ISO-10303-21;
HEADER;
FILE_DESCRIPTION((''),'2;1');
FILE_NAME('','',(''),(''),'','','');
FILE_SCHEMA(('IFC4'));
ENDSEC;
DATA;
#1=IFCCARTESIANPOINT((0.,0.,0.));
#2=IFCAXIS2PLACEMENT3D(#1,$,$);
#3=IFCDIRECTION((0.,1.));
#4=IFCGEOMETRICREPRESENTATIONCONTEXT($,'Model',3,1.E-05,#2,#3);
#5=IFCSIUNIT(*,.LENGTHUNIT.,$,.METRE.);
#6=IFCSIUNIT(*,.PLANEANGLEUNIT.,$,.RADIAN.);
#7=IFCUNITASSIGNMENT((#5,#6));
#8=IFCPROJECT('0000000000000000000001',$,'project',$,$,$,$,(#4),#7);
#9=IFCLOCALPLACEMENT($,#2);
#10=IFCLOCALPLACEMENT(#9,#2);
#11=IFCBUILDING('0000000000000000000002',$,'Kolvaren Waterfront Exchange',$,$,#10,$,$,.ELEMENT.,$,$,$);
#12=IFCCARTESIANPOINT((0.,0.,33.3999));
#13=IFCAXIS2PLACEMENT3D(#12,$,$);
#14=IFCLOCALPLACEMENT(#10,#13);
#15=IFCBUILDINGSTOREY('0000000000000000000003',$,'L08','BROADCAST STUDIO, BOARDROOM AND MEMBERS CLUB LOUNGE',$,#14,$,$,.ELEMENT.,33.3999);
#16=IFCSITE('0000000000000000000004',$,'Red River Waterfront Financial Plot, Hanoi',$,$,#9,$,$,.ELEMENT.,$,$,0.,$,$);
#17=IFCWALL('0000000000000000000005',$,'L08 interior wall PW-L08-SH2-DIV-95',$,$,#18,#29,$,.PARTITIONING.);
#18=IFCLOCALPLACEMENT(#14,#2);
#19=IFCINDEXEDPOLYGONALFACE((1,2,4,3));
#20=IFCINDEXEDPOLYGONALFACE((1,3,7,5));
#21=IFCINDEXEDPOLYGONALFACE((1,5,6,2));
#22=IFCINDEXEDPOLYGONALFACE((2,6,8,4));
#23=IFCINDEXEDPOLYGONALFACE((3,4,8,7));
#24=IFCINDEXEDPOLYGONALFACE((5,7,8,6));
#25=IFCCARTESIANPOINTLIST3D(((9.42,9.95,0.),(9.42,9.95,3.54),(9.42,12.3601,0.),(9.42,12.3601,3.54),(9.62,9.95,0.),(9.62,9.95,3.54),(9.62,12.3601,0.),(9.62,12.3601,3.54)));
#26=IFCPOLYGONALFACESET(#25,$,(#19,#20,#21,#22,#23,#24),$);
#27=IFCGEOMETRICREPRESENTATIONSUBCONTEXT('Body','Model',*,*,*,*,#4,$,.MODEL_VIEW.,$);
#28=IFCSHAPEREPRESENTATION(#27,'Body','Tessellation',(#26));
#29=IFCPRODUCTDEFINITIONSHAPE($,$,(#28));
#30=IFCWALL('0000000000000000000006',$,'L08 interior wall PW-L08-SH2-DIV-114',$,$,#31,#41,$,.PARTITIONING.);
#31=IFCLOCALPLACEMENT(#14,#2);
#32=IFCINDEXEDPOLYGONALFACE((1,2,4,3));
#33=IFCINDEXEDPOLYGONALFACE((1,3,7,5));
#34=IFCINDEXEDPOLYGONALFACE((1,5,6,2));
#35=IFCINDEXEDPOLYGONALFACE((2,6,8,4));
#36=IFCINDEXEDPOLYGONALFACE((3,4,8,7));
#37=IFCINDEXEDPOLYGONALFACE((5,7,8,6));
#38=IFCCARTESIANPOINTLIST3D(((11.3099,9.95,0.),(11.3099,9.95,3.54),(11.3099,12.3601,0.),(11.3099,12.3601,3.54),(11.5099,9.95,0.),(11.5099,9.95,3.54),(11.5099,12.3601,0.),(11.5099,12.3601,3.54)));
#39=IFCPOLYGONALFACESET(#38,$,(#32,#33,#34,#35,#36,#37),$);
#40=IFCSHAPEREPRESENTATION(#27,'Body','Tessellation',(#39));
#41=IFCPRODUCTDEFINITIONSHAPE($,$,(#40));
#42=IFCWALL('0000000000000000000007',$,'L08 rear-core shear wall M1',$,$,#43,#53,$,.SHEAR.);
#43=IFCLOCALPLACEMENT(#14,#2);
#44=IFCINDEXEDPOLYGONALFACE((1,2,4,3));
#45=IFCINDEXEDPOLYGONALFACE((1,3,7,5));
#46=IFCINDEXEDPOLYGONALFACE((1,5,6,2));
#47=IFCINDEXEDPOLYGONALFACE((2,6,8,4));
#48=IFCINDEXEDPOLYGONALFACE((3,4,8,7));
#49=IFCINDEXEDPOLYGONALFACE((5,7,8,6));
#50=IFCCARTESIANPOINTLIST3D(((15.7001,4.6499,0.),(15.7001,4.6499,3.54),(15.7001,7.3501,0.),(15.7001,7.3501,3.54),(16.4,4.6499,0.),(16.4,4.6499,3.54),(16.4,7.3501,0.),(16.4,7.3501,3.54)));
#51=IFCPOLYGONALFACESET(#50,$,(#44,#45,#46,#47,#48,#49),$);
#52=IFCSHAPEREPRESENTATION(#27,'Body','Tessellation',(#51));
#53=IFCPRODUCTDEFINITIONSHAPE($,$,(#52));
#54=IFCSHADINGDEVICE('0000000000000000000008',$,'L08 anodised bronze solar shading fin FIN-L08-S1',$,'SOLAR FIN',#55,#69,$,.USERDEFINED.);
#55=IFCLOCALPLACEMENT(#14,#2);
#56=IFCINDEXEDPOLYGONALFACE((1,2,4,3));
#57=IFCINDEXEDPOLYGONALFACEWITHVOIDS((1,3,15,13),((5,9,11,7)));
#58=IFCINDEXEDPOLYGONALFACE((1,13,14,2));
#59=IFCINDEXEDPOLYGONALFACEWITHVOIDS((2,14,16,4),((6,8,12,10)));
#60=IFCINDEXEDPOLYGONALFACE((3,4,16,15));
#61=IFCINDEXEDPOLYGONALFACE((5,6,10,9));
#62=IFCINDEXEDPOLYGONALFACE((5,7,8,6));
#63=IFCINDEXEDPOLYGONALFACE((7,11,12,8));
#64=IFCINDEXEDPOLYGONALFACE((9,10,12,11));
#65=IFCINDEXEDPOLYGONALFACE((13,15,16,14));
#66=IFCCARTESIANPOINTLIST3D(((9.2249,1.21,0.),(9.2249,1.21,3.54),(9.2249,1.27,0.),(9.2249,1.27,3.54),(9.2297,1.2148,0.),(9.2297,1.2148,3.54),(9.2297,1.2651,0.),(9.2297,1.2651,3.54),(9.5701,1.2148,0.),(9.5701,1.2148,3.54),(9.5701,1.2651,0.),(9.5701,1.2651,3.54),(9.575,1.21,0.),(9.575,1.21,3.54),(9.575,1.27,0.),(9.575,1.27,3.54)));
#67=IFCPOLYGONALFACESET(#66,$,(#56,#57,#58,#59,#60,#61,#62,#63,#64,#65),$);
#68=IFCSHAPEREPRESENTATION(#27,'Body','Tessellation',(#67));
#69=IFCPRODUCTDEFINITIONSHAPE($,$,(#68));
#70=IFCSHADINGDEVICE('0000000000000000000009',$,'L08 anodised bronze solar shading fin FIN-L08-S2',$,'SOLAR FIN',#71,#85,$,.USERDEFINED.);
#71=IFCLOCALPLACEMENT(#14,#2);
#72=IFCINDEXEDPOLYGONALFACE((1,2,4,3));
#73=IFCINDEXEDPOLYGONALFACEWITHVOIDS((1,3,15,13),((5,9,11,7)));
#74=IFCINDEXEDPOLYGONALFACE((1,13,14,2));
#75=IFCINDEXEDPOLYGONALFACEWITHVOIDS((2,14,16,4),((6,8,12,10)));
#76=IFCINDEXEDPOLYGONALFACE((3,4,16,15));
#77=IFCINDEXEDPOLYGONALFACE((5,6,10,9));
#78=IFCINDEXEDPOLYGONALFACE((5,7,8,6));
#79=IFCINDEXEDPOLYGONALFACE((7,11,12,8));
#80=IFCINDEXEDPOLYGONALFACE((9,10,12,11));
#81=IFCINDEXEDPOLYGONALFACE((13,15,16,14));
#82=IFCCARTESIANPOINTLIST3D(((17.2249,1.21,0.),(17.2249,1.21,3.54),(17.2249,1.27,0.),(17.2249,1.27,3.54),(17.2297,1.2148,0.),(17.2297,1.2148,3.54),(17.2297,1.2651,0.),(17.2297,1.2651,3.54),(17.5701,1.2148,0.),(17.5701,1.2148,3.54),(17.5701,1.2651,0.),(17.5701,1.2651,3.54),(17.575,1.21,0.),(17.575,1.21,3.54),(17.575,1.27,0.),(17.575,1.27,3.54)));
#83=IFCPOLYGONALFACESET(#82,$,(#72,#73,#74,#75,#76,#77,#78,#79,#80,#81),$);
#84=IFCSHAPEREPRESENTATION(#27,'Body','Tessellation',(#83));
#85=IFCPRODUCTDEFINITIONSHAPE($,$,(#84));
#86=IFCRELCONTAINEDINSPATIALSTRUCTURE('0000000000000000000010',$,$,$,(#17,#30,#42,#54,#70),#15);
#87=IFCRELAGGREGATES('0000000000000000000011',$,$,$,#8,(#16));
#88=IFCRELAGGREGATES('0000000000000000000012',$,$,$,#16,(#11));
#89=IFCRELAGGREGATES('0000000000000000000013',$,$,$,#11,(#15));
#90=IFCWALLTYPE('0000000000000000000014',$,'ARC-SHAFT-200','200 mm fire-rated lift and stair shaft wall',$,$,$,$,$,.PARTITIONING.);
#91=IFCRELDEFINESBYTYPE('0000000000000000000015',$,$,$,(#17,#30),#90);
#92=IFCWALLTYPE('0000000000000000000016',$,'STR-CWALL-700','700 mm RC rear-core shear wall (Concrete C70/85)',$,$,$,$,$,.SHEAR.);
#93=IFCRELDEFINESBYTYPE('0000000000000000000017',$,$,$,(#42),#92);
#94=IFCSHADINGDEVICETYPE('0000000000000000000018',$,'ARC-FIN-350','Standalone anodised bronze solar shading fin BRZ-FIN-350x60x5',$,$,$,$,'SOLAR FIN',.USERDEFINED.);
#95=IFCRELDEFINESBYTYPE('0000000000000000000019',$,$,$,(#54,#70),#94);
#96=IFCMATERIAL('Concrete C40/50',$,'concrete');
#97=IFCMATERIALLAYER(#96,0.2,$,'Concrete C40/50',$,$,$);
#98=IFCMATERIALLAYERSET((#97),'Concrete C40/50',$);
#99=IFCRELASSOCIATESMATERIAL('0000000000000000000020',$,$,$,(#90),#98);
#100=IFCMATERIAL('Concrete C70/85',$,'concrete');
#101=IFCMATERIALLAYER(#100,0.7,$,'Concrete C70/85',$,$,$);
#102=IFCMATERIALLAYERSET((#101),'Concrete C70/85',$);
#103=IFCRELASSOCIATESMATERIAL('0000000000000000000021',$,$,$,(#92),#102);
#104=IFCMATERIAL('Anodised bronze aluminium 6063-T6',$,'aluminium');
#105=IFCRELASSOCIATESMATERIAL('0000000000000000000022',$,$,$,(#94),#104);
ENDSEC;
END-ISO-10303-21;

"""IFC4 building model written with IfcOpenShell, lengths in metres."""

from ifc_helpers import new_model, si_unit, direction, frame, frame_2d, origin, origin_2d, place, context, subcontext, project, spatial, rectangle, hollow_rectangle, extrude, material, layer, layer_set, material_profile, profile_set, type_object, element, save


model = new_model("IFC4")

# Units and contexts
model_context = context("Model", 3, precision=1e-05, world=origin(), true_north=direction((0.0, 1.0)))
body_context = subcontext(model_context, "Body", "Model", "MODEL_VIEW")
ifc_project = project(units=[si_unit("LENGTHUNIT", "METRE"), si_unit("PLANEANGLEUNIT", "RADIAN")], contexts=[model_context])

# Site, building, storey
site_placement = place(None, origin())
site = spatial("IfcSite", under=ifc_project, at=site_placement, Name="Red River Waterfront Financial Plot, Hanoi", CompositionType="ELEMENT", RefElevation=0.0)
building_placement = place(site_placement, origin())
building = spatial("IfcBuilding", under=site, at=building_placement, Name="Kolvaren Waterfront Exchange", CompositionType="ELEMENT")
storey_placement = place(building_placement, frame((0.0, 0.0, 33.3999)))
storey = spatial("IfcBuildingStorey", under=building, at=storey_placement, Name="L08", Description="BROADCAST STUDIO, BOARDROOM AND MEMBERS CLUB LOUNGE", CompositionType="ELEMENT", Elevation=33.3999)

# Shared definitions
ifc_material_1 = material(Name="Concrete C70/85", Category="concrete")

# Shared definitions
ifc_material_2 = material(Name="Anodised bronze aluminium 6063-T6", Category="aluminium")

# Walls
ifc_material_3 = material(Name="Concrete C40/50", Category="concrete")
ifc_layer_1 = layer(ifc_material_3, 0.2, Name="Concrete C40/50")
ifc_layer_set_1 = layer_set([ifc_layer_1], Name="Concrete C40/50")
wall_type_1 = type_object("IfcWallType", Name="ARC-SHAFT-200", Description="200 mm fire-rated lift and stair shaft wall", PredefinedType="PARTITIONING", material=ifc_layer_set_1)
for number, where, z_axis, x_axis, name in (
    (1, (9.52, 9.95, 0.0), (0.0, 0.0, 1.0), (0.0, 1.0, 0.0), "L08 interior wall PW-L08-SH2-DIV-95"),
    (2, (11.4099, 9.95, 0.0), (0.0, 0.0, 1.0), (0.0, 1.0, 0.0), "L08 interior wall PW-L08-SH2-DIV-114"),
):
    element("IfcWall", number, at=place(storey_placement, frame(where, z_axis=z_axis, x_axis=x_axis)), inside=storey, type_object=wall_type_1, Name=name, PredefinedType="PARTITIONING", context=body_context, shape_type="SweptSolid", body=[
        extrude(rectangle(XDim=2.4102, YDim=0.2, at=frame_2d((1.2051, 0.0))), origin(), (0.0, 0.0, 1.0), 3.54),
    ])
ifc_layer_2 = layer(ifc_material_1, 0.7, Name="Concrete C70/85")
ifc_layer_set_2 = layer_set([ifc_layer_2], Name="Concrete C70/85")
wall_type_2 = type_object("IfcWallType", Name="STR-CWALL-700", Description="700 mm RC rear-core shear wall (Concrete C70/85)", PredefinedType="SHEAR", material=ifc_layer_set_2)
wall_1_placement = place(storey_placement, frame((16.05, 4.6499, 0.0), z_axis=(0.0, 0.0, 1.0), x_axis=(0.0, 1.0, 0.0)))
element("IfcWall", 3, at=wall_1_placement, inside=storey, type_object=wall_type_2, Name="L08 rear-core shear wall M1", PredefinedType="SHEAR", context=body_context, shape_type="SweptSolid", body=[
    extrude(rectangle(XDim=2.7002, YDim=0.7, at=frame_2d((1.3501, 0.0))), origin(), (0.0, 0.0, 1.0), 3.54),
])

# Shading devices
ifc_material_profile_1 = material_profile(ifc_material_2, hollow_rectangle(XDim=0.0601, YDim=0.3501, WallThickness=0.0049, at=origin_2d()), Name="BRZ-FIN-350x60x5")
ifc_profile_set_1 = profile_set([ifc_material_profile_1], Name="Anodised bronze aluminium 6063-T6")
shading_device_type = type_object("IfcShadingDeviceType", Name="ARC-FIN-350", Description="Standalone anodised bronze solar shading fin BRZ-FIN-350x60x5", ElementType="SOLAR FIN", PredefinedType="USERDEFINED", material=ifc_profile_set_1)
for number, where, z_axis, x_axis, name in (
    (4, (9.3999, 1.24, 0.0), (0.0, 0.0, 1.0), (0.0, -1.0, 0.0), "L08 anodised bronze solar shading fin FIN-L08-S1"),
    (5, (17.3999, 1.24, 0.0), (0.0, 0.0, 1.0), (0.0, -1.0, 0.0), "L08 anodised bronze solar shading fin FIN-L08-S2"),
):
    element("IfcShadingDevice", number, at=place(storey_placement, frame(where, z_axis=z_axis, x_axis=x_axis)), inside=storey, type_object=shading_device_type, Name=name, ObjectType="SOLAR FIN", PredefinedType="USERDEFINED", context=body_context, shape_type="SweptSolid", body=[
        extrude(hollow_rectangle(XDim=0.0601, YDim=0.3501, WallThickness=0.0049, at=origin_2d()), origin(), (0.0, 0.0, 1.0), 3.54),
    ])

save(model, "model.ifc")
